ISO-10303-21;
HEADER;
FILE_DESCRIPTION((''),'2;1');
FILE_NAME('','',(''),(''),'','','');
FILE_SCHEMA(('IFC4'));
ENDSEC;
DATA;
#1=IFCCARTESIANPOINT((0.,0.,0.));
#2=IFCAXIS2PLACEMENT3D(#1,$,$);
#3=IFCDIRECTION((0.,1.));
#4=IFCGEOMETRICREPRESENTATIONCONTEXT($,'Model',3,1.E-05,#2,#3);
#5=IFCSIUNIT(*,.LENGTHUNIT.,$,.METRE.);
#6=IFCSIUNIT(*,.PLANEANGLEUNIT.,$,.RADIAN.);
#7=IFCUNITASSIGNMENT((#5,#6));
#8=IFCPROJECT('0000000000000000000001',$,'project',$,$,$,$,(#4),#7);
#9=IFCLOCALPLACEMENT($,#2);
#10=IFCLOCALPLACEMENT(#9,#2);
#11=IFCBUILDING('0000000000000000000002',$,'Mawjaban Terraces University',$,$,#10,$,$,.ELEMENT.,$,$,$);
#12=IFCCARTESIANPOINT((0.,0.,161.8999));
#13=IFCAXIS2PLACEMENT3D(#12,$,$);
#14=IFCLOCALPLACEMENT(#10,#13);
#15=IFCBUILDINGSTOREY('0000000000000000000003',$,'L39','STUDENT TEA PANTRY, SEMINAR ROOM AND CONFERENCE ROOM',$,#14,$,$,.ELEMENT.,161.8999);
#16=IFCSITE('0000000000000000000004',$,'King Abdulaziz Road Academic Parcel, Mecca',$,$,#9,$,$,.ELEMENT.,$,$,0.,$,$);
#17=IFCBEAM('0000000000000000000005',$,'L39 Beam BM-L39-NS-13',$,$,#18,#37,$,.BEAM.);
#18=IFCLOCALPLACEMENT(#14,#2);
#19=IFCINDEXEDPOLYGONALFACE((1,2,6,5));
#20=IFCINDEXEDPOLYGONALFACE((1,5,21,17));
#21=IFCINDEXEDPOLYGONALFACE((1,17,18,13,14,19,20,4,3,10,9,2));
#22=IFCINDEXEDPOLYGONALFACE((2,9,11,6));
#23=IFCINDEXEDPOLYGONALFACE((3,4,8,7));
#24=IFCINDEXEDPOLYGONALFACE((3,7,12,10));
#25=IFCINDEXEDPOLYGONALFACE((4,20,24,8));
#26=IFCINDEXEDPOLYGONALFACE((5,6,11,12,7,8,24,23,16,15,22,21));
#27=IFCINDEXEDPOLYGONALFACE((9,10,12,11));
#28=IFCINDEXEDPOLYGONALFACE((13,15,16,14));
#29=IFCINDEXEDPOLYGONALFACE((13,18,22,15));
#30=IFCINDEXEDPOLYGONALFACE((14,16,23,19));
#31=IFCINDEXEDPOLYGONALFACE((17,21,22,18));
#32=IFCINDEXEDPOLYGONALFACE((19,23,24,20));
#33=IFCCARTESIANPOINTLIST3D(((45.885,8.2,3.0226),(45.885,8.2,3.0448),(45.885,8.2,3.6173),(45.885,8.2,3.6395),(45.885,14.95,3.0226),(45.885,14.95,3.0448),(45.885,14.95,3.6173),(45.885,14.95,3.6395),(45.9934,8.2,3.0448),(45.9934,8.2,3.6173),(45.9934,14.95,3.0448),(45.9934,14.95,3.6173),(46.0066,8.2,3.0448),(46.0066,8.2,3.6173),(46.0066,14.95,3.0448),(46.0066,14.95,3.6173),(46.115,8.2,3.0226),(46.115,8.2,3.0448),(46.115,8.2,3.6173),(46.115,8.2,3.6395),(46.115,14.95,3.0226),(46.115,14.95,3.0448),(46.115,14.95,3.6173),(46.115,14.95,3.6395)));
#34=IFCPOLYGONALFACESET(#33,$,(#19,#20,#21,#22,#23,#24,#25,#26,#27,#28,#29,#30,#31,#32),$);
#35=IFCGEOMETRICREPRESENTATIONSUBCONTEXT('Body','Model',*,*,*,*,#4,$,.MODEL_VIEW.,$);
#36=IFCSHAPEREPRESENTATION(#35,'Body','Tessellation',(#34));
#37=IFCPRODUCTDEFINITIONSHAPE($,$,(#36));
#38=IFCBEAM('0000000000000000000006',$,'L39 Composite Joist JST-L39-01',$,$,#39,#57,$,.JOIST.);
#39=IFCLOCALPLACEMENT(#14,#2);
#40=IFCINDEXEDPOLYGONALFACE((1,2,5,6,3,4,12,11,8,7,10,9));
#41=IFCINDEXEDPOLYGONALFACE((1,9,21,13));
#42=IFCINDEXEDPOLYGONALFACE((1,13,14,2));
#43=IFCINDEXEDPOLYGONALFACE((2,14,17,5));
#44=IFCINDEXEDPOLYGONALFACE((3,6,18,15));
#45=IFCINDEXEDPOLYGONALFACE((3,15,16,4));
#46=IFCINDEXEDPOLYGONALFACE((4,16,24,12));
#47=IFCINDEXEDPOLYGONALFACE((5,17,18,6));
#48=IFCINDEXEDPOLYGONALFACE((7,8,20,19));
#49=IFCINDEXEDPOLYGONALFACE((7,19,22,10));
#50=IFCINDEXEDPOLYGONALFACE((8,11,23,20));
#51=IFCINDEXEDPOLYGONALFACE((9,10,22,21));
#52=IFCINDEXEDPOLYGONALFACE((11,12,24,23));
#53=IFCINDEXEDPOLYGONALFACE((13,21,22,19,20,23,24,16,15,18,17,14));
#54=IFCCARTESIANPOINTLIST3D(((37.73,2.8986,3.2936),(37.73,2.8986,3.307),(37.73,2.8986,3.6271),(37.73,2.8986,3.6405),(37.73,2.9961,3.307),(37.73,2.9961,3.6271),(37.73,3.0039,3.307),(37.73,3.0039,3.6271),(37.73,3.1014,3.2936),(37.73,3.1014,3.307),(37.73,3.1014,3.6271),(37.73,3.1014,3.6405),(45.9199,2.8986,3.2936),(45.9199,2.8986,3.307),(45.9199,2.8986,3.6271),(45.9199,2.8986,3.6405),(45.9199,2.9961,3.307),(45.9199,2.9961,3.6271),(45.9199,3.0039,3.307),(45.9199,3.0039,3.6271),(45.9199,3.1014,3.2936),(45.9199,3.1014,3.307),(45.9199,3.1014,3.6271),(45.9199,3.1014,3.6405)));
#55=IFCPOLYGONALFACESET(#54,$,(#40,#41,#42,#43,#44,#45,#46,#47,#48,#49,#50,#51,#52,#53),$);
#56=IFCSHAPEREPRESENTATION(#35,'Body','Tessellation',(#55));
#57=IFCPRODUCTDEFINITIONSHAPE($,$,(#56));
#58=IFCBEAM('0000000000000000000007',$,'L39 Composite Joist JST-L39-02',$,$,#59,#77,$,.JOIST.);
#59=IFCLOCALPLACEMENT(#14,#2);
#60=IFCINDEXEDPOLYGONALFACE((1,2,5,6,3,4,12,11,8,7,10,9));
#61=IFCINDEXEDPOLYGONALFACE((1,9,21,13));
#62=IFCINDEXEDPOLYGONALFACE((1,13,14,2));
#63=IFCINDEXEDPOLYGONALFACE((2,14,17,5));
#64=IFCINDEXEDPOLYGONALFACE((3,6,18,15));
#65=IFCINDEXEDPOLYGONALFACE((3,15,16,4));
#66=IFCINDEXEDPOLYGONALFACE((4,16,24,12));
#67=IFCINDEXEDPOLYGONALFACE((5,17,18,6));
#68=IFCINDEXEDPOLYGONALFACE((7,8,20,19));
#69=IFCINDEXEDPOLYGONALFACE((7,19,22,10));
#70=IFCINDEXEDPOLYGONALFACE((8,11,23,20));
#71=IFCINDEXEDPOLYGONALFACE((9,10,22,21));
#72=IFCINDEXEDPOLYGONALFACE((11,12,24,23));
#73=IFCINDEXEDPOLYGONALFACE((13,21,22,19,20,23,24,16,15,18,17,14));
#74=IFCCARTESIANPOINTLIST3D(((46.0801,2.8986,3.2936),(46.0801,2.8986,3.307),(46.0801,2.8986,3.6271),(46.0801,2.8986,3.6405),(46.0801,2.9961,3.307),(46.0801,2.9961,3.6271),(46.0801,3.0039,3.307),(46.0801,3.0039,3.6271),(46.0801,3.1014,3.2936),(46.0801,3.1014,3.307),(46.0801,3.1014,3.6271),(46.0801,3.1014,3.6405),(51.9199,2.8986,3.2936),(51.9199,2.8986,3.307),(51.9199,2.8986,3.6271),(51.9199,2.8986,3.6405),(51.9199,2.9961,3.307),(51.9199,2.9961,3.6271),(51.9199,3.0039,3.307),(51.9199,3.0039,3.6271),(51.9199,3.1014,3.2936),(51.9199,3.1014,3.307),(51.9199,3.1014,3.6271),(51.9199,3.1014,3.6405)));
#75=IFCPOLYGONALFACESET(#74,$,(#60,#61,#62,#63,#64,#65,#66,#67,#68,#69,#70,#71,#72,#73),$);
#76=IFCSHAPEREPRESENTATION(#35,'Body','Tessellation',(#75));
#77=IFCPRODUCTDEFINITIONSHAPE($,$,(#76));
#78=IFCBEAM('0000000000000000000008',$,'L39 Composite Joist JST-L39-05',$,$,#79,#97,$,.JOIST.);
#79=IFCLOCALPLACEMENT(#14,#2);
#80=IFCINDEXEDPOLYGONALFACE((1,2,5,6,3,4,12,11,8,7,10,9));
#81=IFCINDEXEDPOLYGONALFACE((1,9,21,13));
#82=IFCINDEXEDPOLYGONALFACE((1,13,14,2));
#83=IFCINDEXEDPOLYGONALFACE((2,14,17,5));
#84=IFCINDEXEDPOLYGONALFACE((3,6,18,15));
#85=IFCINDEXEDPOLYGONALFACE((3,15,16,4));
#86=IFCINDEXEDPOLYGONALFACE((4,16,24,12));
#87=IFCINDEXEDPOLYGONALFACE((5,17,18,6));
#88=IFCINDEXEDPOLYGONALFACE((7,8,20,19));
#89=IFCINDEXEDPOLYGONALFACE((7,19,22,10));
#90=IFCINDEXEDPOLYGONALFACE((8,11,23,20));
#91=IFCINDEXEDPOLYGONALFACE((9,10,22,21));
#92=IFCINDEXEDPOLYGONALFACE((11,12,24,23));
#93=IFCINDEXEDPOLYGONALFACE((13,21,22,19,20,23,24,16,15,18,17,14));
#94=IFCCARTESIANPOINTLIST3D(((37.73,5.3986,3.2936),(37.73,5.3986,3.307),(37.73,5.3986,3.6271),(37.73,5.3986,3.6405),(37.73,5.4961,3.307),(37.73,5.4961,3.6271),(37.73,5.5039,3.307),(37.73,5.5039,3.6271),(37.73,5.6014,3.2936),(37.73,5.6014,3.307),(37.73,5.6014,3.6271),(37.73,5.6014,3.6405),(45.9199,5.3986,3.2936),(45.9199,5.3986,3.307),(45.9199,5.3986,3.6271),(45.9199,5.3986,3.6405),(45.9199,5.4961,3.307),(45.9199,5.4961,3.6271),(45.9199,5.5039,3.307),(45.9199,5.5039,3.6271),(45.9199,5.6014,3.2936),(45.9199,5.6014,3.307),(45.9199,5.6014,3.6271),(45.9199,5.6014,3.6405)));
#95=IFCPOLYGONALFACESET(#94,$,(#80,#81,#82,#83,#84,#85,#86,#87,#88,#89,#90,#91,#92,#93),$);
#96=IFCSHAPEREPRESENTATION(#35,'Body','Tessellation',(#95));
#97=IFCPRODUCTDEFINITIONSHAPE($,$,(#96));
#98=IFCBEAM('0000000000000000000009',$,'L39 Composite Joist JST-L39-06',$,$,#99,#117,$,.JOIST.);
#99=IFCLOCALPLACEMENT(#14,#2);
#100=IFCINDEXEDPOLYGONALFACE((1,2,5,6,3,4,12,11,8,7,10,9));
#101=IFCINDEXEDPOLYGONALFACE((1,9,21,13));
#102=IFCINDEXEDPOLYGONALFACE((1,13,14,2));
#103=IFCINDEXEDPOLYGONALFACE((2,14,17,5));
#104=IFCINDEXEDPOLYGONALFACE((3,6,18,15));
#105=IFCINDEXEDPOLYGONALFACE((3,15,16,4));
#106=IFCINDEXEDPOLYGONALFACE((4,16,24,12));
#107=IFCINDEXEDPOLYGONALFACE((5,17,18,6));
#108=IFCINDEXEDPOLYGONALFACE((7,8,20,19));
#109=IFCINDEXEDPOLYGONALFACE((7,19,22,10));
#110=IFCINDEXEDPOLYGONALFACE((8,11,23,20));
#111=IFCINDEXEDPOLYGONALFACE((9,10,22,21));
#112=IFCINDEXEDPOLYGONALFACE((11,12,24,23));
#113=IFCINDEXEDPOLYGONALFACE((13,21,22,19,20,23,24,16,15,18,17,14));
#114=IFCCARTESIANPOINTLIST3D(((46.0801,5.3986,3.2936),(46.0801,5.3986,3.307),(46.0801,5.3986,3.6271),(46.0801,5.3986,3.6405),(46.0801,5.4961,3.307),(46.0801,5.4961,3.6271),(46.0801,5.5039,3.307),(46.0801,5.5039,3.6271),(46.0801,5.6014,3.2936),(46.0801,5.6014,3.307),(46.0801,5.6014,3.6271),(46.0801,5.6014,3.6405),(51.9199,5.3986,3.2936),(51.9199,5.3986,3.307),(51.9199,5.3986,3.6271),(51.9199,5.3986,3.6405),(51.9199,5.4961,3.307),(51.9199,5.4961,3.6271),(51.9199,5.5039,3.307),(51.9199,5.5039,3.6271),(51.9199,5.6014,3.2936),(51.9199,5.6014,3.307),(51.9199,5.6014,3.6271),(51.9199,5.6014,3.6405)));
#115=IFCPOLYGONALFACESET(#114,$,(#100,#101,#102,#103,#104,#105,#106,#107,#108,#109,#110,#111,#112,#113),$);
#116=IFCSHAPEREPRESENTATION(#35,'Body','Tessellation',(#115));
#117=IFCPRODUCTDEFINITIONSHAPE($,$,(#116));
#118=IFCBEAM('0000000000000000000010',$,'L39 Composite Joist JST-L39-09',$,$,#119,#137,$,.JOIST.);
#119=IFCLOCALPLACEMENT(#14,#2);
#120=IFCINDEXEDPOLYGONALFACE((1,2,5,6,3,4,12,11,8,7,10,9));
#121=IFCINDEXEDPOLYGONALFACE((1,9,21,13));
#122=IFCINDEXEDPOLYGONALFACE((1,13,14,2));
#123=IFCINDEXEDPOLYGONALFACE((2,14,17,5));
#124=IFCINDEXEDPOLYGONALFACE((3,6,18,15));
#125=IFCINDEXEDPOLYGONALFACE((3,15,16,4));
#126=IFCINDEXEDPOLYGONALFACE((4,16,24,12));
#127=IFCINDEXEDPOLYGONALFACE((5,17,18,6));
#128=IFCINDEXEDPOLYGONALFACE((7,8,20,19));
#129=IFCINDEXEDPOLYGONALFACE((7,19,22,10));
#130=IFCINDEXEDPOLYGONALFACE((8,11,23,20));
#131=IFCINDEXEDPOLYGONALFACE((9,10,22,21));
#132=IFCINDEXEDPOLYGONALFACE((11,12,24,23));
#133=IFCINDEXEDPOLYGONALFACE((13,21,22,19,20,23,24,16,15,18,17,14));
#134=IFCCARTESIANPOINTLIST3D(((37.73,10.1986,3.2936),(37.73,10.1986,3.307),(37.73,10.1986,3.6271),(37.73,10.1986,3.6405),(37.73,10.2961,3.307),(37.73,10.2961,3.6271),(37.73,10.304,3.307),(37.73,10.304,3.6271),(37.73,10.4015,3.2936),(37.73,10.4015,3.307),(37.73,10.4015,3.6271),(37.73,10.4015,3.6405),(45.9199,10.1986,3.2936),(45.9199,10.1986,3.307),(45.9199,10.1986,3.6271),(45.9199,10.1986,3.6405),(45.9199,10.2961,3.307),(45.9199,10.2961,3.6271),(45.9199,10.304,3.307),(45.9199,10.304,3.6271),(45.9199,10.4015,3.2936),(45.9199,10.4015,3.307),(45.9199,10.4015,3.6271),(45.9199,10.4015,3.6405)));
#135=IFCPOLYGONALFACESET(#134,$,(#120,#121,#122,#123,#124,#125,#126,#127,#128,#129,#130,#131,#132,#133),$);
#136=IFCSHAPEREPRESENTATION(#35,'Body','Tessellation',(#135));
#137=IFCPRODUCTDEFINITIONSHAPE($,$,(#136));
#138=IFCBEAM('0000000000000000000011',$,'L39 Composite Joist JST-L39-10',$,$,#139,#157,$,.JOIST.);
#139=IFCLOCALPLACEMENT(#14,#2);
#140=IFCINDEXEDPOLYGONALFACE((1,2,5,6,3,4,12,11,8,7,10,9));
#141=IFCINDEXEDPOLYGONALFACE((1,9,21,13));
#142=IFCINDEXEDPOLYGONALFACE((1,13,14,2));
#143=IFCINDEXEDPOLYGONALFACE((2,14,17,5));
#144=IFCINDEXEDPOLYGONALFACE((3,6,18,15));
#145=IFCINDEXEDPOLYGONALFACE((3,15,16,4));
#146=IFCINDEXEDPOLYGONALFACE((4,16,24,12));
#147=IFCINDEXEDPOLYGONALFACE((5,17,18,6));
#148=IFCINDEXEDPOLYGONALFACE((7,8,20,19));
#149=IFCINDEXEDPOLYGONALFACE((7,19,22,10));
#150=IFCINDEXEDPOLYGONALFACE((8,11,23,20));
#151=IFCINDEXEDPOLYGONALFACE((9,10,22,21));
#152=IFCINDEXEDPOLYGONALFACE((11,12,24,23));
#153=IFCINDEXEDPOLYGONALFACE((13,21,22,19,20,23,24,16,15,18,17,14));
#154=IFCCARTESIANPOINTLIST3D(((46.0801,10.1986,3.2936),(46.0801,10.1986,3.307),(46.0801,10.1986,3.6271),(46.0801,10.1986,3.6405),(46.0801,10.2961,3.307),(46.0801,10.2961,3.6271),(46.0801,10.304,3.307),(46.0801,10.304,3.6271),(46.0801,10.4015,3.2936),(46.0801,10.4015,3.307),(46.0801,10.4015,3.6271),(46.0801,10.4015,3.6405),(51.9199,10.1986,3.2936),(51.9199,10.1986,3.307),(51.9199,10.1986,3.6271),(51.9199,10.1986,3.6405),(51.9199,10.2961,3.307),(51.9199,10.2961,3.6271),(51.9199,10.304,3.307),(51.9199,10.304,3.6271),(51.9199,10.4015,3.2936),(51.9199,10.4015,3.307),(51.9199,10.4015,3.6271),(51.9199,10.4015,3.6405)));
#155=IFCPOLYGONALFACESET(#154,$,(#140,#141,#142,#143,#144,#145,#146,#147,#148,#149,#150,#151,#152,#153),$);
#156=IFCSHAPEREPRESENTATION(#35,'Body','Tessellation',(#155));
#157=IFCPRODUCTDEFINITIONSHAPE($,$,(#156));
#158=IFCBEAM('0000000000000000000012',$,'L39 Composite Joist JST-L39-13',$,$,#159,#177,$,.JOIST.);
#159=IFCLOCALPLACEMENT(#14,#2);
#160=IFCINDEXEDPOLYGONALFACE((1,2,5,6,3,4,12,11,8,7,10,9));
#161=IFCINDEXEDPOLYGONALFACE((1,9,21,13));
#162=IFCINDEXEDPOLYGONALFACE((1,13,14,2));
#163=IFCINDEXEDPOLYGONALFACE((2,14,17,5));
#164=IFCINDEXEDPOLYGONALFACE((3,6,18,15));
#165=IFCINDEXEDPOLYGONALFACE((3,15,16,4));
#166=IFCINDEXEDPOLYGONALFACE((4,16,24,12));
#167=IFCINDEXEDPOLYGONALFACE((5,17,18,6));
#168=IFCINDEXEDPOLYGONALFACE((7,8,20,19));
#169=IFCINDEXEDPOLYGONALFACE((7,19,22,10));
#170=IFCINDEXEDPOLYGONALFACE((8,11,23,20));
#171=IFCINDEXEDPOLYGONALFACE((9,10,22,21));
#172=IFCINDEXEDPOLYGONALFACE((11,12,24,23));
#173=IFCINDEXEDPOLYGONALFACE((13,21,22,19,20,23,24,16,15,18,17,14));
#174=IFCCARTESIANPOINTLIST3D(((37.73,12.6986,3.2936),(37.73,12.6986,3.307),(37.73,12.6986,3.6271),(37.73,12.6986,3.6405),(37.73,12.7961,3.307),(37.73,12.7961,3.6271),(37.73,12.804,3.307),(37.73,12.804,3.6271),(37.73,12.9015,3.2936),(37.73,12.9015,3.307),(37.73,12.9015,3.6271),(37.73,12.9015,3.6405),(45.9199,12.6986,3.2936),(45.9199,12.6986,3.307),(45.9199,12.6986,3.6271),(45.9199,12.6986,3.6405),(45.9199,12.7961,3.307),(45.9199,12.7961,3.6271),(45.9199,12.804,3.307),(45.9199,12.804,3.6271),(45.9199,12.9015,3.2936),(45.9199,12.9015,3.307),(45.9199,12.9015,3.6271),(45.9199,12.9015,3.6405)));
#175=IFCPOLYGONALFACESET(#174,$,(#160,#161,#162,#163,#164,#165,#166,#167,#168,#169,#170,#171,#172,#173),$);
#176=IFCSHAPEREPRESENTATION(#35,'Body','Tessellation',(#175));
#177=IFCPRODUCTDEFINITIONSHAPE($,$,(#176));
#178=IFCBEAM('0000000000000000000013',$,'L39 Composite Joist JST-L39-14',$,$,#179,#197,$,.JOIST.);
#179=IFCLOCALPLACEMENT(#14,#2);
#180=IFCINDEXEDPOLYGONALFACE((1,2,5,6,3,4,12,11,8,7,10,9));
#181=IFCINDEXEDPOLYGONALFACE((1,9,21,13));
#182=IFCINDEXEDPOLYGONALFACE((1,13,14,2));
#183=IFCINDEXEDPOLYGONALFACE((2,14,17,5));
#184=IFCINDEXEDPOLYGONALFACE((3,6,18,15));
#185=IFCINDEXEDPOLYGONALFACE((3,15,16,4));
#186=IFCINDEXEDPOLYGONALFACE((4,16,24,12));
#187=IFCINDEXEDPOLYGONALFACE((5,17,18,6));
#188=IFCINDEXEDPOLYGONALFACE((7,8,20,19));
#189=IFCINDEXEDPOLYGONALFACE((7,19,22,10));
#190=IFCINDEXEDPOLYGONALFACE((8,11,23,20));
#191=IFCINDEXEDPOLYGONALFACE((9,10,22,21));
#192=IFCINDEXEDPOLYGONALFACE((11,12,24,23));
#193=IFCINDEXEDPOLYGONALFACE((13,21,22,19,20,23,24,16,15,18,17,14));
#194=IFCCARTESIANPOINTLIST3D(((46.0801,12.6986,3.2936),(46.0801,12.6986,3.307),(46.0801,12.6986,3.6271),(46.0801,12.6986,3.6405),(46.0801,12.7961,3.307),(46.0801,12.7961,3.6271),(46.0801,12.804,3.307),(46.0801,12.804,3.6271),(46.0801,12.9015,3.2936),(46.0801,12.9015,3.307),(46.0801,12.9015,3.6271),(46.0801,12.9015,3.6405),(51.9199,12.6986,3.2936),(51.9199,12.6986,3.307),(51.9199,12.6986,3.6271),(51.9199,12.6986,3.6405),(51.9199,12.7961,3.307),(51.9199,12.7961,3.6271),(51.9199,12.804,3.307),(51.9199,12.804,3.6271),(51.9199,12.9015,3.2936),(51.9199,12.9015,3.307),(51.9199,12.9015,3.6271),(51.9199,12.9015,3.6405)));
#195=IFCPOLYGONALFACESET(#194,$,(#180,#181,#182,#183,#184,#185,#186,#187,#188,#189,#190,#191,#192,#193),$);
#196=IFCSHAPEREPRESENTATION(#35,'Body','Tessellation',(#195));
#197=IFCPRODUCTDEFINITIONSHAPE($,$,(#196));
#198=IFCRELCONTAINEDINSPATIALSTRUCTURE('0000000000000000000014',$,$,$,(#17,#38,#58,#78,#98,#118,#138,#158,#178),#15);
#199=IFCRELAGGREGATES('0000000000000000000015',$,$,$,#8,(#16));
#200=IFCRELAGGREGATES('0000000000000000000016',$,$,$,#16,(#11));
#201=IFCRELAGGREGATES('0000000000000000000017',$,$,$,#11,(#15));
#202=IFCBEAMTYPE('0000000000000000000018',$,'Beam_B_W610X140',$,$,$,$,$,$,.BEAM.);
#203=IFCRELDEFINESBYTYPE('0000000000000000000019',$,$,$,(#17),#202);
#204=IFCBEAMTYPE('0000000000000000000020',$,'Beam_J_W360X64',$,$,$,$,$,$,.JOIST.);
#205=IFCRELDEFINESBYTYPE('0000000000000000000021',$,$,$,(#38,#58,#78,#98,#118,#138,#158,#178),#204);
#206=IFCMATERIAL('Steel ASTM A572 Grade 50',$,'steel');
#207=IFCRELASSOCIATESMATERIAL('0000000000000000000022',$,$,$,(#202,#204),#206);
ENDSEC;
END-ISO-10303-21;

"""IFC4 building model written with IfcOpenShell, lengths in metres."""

from ifc_helpers import new_model, si_unit, direction, frame, origin, origin_2d, place, context, subcontext, project, spatial, i_section, extrude, material, material_profile, profile_set, type_object, element, save


model = new_model("IFC4")

# Units and contexts
model_context = context("Model", 3, precision=1e-05, world=origin(), true_north=direction((0.0, 1.0)))
body_context = subcontext(model_context, "Body", "Model", "MODEL_VIEW")
ifc_project = project(units=[si_unit("LENGTHUNIT", "METRE"), si_unit("PLANEANGLEUNIT", "RADIAN")], contexts=[model_context])

# Site, building, storey
site_placement = place(None, origin())
site = spatial("IfcSite", under=ifc_project, at=site_placement, Name="King Abdulaziz Road Academic Parcel, Mecca", CompositionType="ELEMENT", RefElevation=0.0)
building_placement = place(site_placement, origin())
building = spatial("IfcBuilding", under=site, at=building_placement, Name="Mawjaban Terraces University", CompositionType="ELEMENT")
storey_placement = place(building_placement, frame((0.0, 0.0, 161.8999)))
storey = spatial("IfcBuildingStorey", under=building, at=storey_placement, Name="L39", Description="STUDENT TEA PANTRY, SEMINAR ROOM AND CONFERENCE ROOM", CompositionType="ELEMENT", Elevation=161.8999)

# Beams
ifc_material_1 = material(Name="Steel ASTM A572 Grade 50", Category="steel")
ifc_material_profile_1 = material_profile(ifc_material_1, i_section(OverallWidth=0.23, OverallDepth=0.6169, WebThickness=0.0132, FlangeThickness=0.0222, at=origin_2d()), Name="W610X140")
ifc_profile_set_1 = profile_set([ifc_material_profile_1], Name="Steel ASTM A572 Grade 50")
beam_type_1 = type_object("IfcBeamType", Name="Beam_B_W610X140", PredefinedType="BEAM", material=ifc_profile_set_1)
beam_1_placement = place(storey_placement, frame((46.0, 8.2, 3.3311), z_axis=(0.0, 1.0, 0.0), x_axis=(-1.0, 0.0, 0.0)))
element("IfcBeam", 1, at=beam_1_placement, inside=storey, type_object=beam_type_1, Name="L39 Beam BM-L39-NS-13", PredefinedType="BEAM", context=body_context, shape_type="SweptSolid", body=[
    extrude(i_section(OverallWidth=0.23, OverallDepth=0.6169, WebThickness=0.0132, FlangeThickness=0.0222, at=origin_2d()), origin(), (0.0, 0.0, 1.0), 6.75),
])
ifc_material_profile_2 = material_profile(ifc_material_1, i_section(OverallWidth=0.2029, OverallDepth=0.3469, WebThickness=0.0078, FlangeThickness=0.0134, at=origin_2d()), Name="W360X64")
ifc_profile_set_2 = profile_set([ifc_material_profile_2], Name="Steel ASTM A572 Grade 50")
beam_type_2 = type_object("IfcBeamType", Name="Beam_J_W360X64", PredefinedType="JOIST", material=ifc_profile_set_2)
beam_2_placement = place(storey_placement, frame((37.73, 3.0, 3.467), z_axis=(1.0, 0.0, 0.0), x_axis=(0.0, 1.0, 0.0)))
element("IfcBeam", 2, at=beam_2_placement, inside=storey, type_object=beam_type_2, Name="L39 Composite Joist JST-L39-01", PredefinedType="JOIST", context=body_context, shape_type="SweptSolid", body=[
    extrude(i_section(OverallWidth=0.2029, OverallDepth=0.3469, WebThickness=0.0078, FlangeThickness=0.0134, at=origin_2d()), origin(), (0.0, 0.0, 1.0), 8.1899),
])
beam_3_placement = place(storey_placement, frame((46.0801, 3.0, 3.467), z_axis=(1.0, 0.0, 0.0), x_axis=(0.0, 1.0, 0.0)))
element("IfcBeam", 3, at=beam_3_placement, inside=storey, type_object=beam_type_2, Name="L39 Composite Joist JST-L39-02", PredefinedType="JOIST", context=body_context, shape_type="SweptSolid", body=[
    extrude(i_section(OverallWidth=0.2029, OverallDepth=0.3469, WebThickness=0.0078, FlangeThickness=0.0134, at=origin_2d()), origin(), (0.0, 0.0, 1.0), 5.8398),
])
beam_4_placement = place(storey_placement, frame((37.73, 5.5, 3.467), z_axis=(1.0, 0.0, 0.0), x_axis=(0.0, 1.0, 0.0)))
element("IfcBeam", 4, at=beam_4_placement, inside=storey, type_object=beam_type_2, Name="L39 Composite Joist JST-L39-05", PredefinedType="JOIST", context=body_context, shape_type="SweptSolid", body=[
    extrude(i_section(OverallWidth=0.2029, OverallDepth=0.3469, WebThickness=0.0078, FlangeThickness=0.0134, at=origin_2d()), origin(), (0.0, 0.0, 1.0), 8.1899),
])
beam_5_placement = place(storey_placement, frame((46.0801, 5.5, 3.467), z_axis=(1.0, 0.0, 0.0), x_axis=(0.0, 1.0, 0.0)))
element("IfcBeam", 5, at=beam_5_placement, inside=storey, type_object=beam_type_2, Name="L39 Composite Joist JST-L39-06", PredefinedType="JOIST", context=body_context, shape_type="SweptSolid", body=[
    extrude(i_section(OverallWidth=0.2029, OverallDepth=0.3469, WebThickness=0.0078, FlangeThickness=0.0134, at=origin_2d()), origin(), (0.0, 0.0, 1.0), 5.8398),
])
beam_6_placement = place(storey_placement, frame((37.73, 10.3, 3.467), z_axis=(1.0, 0.0, 0.0), x_axis=(0.0, 1.0, 0.0)))
element("IfcBeam", 6, at=beam_6_placement, inside=storey, type_object=beam_type_2, Name="L39 Composite Joist JST-L39-09", PredefinedType="JOIST", context=body_context, shape_type="SweptSolid", body=[
    extrude(i_section(OverallWidth=0.2029, OverallDepth=0.3469, WebThickness=0.0078, FlangeThickness=0.0134, at=origin_2d()), origin(), (0.0, 0.0, 1.0), 8.1899),
])
beam_7_placement = place(storey_placement, frame((46.0801, 10.3, 3.467), z_axis=(1.0, 0.0, 0.0), x_axis=(0.0, 1.0, 0.0)))
element("IfcBeam", 7, at=beam_7_placement, inside=storey, type_object=beam_type_2, Name="L39 Composite Joist JST-L39-10", PredefinedType="JOIST", context=body_context, shape_type="SweptSolid", body=[
    extrude(i_section(OverallWidth=0.2029, OverallDepth=0.3469, WebThickness=0.0078, FlangeThickness=0.0134, at=origin_2d()), origin(), (0.0, 0.0, 1.0), 5.8398),
])
beam_8_placement = place(storey_placement, frame((37.73, 12.8, 3.467), z_axis=(1.0, 0.0, 0.0), x_axis=(0.0, 1.0, 0.0)))
element("IfcBeam", 8, at=beam_8_placement, inside=storey, type_object=beam_type_2, Name="L39 Composite Joist JST-L39-13", PredefinedType="JOIST", context=body_context, shape_type="SweptSolid", body=[
    extrude(i_section(OverallWidth=0.2029, OverallDepth=0.3469, WebThickness=0.0078, FlangeThickness=0.0134, at=origin_2d()), origin(), (0.0, 0.0, 1.0), 8.1899),
])
beam_9_placement = place(storey_placement, frame((46.0801, 12.8, 3.467), z_axis=(1.0, 0.0, 0.0), x_axis=(0.0, 1.0, 0.0)))
element("IfcBeam", 9, at=beam_9_placement, inside=storey, type_object=beam_type_2, Name="L39 Composite Joist JST-L39-14", PredefinedType="JOIST", context=body_context, shape_type="SweptSolid", body=[
    extrude(i_section(OverallWidth=0.2029, OverallDepth=0.3469, WebThickness=0.0078, FlangeThickness=0.0134, at=origin_2d()), origin(), (0.0, 0.0, 1.0), 5.8398),
])

save(model, "model.ifc")
